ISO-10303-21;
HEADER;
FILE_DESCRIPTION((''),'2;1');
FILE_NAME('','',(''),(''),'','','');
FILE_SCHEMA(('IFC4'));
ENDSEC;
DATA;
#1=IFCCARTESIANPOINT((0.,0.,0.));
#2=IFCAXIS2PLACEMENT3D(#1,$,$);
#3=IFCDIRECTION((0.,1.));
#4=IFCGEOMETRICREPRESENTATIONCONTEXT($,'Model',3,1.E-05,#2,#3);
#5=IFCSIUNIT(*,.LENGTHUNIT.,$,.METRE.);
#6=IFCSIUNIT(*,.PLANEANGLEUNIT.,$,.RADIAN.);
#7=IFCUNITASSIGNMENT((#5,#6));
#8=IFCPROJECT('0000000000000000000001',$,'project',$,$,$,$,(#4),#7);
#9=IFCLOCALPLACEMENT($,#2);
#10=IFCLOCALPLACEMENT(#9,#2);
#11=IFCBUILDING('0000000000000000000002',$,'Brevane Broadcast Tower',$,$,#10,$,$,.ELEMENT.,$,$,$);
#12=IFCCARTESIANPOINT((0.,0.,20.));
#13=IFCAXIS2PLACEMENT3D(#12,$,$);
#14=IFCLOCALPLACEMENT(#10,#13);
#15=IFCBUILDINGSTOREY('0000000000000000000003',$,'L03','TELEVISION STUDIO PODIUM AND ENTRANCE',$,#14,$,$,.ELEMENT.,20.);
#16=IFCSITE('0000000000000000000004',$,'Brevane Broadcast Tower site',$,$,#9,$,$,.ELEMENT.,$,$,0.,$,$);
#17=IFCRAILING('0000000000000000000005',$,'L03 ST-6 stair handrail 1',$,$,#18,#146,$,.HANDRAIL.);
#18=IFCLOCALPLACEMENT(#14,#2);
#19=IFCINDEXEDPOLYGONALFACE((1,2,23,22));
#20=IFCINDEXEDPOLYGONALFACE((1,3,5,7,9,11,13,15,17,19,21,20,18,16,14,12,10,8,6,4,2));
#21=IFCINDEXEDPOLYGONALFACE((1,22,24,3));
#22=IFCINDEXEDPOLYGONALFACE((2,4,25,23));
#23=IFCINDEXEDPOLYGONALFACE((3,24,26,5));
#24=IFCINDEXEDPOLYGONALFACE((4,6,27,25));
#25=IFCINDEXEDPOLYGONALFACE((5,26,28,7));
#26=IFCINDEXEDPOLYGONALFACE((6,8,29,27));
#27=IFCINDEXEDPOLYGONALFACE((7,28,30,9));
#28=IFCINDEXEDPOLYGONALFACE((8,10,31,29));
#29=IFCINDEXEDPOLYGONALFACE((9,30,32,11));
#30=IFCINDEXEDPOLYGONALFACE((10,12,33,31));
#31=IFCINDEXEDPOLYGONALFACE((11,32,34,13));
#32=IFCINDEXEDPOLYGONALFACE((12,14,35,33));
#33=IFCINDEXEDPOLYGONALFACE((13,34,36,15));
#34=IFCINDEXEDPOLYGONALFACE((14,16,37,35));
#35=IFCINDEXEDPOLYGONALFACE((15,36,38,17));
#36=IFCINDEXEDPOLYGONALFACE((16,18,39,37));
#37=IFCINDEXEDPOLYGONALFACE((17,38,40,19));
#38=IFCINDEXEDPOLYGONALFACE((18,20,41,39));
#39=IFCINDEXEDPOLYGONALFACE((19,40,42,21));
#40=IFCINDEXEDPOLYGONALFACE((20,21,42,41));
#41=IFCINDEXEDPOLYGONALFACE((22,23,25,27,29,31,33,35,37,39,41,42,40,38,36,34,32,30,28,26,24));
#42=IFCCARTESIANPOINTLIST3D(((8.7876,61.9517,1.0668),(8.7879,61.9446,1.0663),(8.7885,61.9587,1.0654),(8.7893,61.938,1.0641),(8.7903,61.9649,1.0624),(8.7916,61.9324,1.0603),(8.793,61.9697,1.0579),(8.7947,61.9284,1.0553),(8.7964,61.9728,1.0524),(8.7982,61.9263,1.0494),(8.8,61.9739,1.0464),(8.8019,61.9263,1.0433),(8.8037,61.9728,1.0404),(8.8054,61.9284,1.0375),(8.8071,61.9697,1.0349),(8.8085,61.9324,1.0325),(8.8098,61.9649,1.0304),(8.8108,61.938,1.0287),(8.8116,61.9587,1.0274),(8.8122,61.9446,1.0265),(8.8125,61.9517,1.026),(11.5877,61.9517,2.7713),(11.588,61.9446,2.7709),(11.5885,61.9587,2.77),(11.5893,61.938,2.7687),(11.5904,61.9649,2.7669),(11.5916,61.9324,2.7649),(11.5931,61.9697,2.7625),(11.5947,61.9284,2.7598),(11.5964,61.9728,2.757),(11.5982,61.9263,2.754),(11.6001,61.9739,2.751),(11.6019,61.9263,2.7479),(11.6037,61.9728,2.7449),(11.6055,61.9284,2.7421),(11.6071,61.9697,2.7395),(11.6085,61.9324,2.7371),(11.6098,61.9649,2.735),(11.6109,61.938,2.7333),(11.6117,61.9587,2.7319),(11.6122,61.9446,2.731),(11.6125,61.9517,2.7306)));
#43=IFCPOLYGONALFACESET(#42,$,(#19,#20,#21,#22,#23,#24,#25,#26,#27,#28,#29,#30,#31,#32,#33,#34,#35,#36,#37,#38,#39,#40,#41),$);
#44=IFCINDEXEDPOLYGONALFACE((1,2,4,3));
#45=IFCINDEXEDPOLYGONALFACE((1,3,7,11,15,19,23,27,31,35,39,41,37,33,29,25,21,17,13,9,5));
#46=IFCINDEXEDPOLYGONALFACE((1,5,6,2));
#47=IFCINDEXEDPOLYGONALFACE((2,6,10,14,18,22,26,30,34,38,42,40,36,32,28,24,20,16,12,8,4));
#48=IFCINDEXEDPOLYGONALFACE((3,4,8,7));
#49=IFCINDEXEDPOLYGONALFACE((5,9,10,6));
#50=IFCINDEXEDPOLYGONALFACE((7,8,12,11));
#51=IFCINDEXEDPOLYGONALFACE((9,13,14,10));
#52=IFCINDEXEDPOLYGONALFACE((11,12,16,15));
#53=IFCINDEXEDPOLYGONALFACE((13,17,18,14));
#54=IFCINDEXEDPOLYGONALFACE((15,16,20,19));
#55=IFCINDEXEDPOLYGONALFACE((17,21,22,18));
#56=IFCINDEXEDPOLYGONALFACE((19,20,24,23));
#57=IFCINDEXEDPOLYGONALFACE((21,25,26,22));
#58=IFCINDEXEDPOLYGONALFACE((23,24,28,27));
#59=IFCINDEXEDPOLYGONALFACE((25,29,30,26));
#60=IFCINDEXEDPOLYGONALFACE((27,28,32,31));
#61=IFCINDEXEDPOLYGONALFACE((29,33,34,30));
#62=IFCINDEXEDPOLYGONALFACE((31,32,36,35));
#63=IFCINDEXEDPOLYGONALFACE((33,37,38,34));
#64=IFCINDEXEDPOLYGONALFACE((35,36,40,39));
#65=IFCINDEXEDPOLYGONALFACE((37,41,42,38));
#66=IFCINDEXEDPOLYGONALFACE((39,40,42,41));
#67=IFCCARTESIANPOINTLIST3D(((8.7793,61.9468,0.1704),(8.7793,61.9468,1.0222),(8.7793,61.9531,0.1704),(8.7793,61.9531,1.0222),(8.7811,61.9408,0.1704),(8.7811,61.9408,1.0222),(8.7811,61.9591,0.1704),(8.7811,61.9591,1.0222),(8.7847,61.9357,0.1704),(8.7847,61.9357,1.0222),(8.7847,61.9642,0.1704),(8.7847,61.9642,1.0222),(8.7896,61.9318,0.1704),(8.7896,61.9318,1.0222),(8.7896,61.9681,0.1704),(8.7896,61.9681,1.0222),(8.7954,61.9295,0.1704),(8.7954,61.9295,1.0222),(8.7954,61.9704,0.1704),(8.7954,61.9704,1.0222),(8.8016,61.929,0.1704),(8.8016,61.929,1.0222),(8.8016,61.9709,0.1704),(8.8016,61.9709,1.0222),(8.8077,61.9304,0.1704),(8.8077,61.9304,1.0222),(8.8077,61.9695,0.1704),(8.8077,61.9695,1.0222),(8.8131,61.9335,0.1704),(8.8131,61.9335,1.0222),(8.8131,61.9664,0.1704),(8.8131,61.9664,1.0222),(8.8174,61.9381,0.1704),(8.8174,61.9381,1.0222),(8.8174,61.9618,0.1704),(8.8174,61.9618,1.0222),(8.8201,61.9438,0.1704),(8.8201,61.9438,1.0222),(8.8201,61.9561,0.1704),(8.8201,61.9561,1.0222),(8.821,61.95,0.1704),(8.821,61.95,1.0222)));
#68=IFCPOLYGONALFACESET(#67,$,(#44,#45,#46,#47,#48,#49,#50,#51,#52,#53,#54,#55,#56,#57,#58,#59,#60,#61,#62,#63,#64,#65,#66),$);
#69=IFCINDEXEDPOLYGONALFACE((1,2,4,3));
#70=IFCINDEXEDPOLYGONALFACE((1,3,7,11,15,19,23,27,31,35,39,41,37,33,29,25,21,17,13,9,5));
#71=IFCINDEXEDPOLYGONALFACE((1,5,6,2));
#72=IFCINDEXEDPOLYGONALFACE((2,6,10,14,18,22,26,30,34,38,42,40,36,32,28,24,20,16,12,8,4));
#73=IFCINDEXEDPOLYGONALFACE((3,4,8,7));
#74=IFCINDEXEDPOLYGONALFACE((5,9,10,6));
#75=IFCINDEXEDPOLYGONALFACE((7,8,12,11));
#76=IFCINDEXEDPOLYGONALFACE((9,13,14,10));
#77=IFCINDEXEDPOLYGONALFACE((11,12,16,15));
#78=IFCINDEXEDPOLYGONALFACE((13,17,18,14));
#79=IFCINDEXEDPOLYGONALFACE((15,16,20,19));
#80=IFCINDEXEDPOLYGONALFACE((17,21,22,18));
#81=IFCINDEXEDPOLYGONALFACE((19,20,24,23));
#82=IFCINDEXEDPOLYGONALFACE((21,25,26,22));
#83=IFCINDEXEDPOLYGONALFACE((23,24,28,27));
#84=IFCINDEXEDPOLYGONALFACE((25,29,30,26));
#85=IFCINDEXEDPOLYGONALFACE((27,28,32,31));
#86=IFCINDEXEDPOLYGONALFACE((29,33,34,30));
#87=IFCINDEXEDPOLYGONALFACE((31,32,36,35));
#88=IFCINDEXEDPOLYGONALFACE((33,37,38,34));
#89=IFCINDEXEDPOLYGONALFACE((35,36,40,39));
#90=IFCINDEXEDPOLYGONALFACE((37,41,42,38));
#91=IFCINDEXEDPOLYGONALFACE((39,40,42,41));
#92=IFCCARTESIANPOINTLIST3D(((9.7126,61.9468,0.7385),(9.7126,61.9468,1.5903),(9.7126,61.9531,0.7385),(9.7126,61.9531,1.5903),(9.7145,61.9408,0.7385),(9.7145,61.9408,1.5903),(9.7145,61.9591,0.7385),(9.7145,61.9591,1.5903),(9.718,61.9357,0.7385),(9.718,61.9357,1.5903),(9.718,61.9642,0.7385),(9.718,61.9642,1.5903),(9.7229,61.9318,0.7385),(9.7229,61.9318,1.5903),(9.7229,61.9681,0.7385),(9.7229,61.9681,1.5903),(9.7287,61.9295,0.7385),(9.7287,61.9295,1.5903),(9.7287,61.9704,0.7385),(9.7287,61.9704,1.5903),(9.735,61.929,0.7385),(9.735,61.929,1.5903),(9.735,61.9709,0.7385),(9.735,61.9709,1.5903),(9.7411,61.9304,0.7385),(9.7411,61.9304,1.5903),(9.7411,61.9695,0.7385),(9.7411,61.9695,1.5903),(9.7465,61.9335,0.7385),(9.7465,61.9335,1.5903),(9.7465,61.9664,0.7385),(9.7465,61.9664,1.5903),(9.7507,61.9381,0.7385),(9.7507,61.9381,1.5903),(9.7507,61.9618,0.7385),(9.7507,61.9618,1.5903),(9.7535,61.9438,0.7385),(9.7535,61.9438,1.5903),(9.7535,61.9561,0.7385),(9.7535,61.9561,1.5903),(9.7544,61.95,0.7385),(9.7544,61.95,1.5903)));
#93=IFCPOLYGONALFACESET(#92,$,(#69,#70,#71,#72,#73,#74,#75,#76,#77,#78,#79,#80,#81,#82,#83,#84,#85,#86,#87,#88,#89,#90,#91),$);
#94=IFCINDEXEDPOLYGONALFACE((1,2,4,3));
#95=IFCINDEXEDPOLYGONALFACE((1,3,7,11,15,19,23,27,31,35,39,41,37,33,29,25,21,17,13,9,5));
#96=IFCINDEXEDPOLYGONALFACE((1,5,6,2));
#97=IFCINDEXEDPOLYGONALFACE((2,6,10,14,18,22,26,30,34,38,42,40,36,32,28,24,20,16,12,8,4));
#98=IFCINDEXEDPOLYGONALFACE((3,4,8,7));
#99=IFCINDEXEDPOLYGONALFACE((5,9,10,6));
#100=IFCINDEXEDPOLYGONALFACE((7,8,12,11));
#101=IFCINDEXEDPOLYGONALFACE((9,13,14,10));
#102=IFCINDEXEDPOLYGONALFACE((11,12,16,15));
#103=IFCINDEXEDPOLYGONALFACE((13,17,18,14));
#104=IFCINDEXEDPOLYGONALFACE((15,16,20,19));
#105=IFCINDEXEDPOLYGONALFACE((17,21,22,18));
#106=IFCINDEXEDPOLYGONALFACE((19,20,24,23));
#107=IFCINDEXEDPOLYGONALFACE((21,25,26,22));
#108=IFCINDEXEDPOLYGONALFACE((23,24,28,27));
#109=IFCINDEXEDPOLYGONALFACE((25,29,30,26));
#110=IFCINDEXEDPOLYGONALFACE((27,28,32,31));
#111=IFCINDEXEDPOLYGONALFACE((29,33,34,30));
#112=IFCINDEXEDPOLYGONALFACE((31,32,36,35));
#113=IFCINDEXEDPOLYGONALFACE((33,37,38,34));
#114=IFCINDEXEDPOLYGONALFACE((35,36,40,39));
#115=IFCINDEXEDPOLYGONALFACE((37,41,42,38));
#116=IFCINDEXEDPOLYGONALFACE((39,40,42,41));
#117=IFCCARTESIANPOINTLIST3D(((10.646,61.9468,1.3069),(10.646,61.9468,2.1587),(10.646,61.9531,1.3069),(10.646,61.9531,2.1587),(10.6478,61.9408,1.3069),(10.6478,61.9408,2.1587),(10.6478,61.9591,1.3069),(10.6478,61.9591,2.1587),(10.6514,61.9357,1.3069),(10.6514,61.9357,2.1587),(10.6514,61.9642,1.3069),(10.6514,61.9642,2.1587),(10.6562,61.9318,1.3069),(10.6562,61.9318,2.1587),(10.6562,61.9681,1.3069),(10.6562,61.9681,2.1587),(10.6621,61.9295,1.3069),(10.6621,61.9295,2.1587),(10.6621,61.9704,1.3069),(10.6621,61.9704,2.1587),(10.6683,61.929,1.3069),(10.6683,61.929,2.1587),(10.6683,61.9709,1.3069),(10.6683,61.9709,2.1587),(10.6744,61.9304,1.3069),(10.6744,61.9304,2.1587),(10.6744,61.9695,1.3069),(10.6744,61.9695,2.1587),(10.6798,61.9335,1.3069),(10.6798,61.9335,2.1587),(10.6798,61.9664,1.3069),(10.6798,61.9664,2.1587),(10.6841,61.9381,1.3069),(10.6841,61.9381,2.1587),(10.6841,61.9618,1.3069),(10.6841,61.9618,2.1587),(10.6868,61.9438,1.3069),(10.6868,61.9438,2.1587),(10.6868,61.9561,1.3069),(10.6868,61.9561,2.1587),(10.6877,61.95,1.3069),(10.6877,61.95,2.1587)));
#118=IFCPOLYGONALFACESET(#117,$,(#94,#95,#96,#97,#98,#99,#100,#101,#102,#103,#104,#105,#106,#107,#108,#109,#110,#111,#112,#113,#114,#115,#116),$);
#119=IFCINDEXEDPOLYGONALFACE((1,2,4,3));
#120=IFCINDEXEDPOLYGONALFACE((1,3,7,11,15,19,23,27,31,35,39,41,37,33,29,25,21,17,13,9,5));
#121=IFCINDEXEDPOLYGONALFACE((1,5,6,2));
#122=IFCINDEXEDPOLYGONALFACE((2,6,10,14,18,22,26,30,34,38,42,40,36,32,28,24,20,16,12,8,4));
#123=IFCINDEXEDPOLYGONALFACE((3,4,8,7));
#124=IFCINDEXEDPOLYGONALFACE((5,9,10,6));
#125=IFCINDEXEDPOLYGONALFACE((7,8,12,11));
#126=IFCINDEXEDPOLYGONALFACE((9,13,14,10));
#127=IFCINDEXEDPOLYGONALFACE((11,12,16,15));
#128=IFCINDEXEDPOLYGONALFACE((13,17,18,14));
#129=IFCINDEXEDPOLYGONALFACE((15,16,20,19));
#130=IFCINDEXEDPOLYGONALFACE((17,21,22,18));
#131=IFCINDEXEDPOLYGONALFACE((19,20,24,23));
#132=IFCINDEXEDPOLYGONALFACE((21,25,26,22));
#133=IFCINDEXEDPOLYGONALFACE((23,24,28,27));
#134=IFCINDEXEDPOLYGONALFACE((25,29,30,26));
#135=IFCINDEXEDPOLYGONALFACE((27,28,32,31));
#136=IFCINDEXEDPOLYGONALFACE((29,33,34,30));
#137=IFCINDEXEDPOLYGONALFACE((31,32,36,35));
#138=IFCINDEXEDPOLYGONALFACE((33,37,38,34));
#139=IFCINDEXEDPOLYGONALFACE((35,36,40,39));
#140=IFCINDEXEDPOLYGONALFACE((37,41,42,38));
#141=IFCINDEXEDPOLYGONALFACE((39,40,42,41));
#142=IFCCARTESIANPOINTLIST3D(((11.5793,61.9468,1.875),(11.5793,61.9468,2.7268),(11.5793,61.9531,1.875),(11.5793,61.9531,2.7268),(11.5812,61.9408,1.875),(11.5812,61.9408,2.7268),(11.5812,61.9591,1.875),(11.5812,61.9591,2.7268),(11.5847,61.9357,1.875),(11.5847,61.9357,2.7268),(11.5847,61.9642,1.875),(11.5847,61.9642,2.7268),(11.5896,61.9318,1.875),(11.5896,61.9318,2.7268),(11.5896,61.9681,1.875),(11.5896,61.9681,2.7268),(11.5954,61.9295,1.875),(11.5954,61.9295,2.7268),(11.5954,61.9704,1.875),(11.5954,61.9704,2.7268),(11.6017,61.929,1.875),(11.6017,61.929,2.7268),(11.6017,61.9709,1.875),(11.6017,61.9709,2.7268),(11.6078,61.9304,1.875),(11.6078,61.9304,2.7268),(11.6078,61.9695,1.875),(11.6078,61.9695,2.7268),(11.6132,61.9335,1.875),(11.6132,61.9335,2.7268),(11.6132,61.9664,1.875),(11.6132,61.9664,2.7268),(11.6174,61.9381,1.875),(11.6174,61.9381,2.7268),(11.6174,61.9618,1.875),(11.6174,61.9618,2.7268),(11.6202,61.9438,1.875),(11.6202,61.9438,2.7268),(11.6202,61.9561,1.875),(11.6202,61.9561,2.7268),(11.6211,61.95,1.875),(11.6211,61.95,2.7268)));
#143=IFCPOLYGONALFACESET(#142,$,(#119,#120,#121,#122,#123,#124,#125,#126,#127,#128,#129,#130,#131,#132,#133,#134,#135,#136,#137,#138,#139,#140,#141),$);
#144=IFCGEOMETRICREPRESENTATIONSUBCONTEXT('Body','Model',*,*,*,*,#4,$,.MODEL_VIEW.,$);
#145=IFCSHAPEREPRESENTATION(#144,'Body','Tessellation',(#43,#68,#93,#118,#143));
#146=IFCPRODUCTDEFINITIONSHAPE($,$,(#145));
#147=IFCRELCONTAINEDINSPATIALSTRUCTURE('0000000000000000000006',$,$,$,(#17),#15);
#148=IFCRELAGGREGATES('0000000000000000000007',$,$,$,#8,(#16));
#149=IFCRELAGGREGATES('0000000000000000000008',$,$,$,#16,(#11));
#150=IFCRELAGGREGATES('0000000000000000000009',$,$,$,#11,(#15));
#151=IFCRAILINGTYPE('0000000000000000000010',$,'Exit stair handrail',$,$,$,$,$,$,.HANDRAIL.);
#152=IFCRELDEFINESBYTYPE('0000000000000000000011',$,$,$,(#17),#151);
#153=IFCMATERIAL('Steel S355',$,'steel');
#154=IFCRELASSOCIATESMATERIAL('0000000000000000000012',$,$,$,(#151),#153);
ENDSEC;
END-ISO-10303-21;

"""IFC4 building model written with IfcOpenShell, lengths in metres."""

from ifc_helpers import new_model, si_unit, direction, frame, origin, origin_2d, place, context, subcontext, project, spatial, circle, extrude, material, type_object, element, save


model = new_model("IFC4")

# Units and contexts
model_context = context("Model", 3, precision=1e-05, world=origin(), true_north=direction((0.0, 1.0)))
body_context = subcontext(model_context, "Body", "Model", "MODEL_VIEW")
ifc_project = project(units=[si_unit("LENGTHUNIT", "METRE"), si_unit("PLANEANGLEUNIT", "RADIAN")], contexts=[model_context])

# Site, building, storey
site_placement = place(None, origin())
site = spatial("IfcSite", under=ifc_project, at=site_placement, Name="Brevane Broadcast Tower site", CompositionType="ELEMENT", RefElevation=0.0)
building_placement = place(site_placement, origin())
building = spatial("IfcBuilding", under=site, at=building_placement, Name="Brevane Broadcast Tower", CompositionType="ELEMENT")
storey_placement = place(building_placement, frame((0.0, 0.0, 20.0)))
storey = spatial("IfcBuildingStorey", under=building, at=storey_placement, Name="L03", Description="TELEVISION STUDIO PODIUM AND ENTRANCE", CompositionType="ELEMENT", Elevation=20.0)

# Railing
ifc_material_1 = material(Name="Steel S355", Category="steel")
railing_type = type_object("IfcRailingType", Name="Exit stair handrail", PredefinedType="HANDRAIL", material=ifc_material_1)
for number, where, name in (
    (1, (8.8, 61.95, 0.1704), "L03 ST-6 stair handrail 1"),
):
    element("IfcRailing", number, at=place(storey_placement, frame(where)), inside=storey, type_object=railing_type, Name=name, PredefinedType="HANDRAIL", context=body_context, shape_type="SweptSolid", body=[
        extrude(circle(Radius=0.0239, at=origin_2d()), frame((0.0, 0.0, 0.876), z_axis=(0.85417, 0.0, 0.519994), x_axis=(0.0, 1.0, 0.0)), (0.0, 0.0, 1.0), 3.2781),
        extrude(circle(Radius=0.021, at=origin_2d()), origin(), (0.0, 0.0, 1.0), 0.8518),
        extrude(circle(Radius=0.021, at=origin_2d()), frame((0.9333, 0.0, 0.5681)), (0.0, 0.0, 1.0), 0.8518),
        extrude(circle(Radius=0.021, at=origin_2d()), frame((1.8667, 0.0, 1.1365)), (0.0, 0.0, 1.0), 0.8518),
        extrude(circle(Radius=0.021, at=origin_2d()), frame((2.8, 0.0, 1.7046)), (0.0, 0.0, 1.0), 0.8518),
    ])

save(model, "model.ifc")
